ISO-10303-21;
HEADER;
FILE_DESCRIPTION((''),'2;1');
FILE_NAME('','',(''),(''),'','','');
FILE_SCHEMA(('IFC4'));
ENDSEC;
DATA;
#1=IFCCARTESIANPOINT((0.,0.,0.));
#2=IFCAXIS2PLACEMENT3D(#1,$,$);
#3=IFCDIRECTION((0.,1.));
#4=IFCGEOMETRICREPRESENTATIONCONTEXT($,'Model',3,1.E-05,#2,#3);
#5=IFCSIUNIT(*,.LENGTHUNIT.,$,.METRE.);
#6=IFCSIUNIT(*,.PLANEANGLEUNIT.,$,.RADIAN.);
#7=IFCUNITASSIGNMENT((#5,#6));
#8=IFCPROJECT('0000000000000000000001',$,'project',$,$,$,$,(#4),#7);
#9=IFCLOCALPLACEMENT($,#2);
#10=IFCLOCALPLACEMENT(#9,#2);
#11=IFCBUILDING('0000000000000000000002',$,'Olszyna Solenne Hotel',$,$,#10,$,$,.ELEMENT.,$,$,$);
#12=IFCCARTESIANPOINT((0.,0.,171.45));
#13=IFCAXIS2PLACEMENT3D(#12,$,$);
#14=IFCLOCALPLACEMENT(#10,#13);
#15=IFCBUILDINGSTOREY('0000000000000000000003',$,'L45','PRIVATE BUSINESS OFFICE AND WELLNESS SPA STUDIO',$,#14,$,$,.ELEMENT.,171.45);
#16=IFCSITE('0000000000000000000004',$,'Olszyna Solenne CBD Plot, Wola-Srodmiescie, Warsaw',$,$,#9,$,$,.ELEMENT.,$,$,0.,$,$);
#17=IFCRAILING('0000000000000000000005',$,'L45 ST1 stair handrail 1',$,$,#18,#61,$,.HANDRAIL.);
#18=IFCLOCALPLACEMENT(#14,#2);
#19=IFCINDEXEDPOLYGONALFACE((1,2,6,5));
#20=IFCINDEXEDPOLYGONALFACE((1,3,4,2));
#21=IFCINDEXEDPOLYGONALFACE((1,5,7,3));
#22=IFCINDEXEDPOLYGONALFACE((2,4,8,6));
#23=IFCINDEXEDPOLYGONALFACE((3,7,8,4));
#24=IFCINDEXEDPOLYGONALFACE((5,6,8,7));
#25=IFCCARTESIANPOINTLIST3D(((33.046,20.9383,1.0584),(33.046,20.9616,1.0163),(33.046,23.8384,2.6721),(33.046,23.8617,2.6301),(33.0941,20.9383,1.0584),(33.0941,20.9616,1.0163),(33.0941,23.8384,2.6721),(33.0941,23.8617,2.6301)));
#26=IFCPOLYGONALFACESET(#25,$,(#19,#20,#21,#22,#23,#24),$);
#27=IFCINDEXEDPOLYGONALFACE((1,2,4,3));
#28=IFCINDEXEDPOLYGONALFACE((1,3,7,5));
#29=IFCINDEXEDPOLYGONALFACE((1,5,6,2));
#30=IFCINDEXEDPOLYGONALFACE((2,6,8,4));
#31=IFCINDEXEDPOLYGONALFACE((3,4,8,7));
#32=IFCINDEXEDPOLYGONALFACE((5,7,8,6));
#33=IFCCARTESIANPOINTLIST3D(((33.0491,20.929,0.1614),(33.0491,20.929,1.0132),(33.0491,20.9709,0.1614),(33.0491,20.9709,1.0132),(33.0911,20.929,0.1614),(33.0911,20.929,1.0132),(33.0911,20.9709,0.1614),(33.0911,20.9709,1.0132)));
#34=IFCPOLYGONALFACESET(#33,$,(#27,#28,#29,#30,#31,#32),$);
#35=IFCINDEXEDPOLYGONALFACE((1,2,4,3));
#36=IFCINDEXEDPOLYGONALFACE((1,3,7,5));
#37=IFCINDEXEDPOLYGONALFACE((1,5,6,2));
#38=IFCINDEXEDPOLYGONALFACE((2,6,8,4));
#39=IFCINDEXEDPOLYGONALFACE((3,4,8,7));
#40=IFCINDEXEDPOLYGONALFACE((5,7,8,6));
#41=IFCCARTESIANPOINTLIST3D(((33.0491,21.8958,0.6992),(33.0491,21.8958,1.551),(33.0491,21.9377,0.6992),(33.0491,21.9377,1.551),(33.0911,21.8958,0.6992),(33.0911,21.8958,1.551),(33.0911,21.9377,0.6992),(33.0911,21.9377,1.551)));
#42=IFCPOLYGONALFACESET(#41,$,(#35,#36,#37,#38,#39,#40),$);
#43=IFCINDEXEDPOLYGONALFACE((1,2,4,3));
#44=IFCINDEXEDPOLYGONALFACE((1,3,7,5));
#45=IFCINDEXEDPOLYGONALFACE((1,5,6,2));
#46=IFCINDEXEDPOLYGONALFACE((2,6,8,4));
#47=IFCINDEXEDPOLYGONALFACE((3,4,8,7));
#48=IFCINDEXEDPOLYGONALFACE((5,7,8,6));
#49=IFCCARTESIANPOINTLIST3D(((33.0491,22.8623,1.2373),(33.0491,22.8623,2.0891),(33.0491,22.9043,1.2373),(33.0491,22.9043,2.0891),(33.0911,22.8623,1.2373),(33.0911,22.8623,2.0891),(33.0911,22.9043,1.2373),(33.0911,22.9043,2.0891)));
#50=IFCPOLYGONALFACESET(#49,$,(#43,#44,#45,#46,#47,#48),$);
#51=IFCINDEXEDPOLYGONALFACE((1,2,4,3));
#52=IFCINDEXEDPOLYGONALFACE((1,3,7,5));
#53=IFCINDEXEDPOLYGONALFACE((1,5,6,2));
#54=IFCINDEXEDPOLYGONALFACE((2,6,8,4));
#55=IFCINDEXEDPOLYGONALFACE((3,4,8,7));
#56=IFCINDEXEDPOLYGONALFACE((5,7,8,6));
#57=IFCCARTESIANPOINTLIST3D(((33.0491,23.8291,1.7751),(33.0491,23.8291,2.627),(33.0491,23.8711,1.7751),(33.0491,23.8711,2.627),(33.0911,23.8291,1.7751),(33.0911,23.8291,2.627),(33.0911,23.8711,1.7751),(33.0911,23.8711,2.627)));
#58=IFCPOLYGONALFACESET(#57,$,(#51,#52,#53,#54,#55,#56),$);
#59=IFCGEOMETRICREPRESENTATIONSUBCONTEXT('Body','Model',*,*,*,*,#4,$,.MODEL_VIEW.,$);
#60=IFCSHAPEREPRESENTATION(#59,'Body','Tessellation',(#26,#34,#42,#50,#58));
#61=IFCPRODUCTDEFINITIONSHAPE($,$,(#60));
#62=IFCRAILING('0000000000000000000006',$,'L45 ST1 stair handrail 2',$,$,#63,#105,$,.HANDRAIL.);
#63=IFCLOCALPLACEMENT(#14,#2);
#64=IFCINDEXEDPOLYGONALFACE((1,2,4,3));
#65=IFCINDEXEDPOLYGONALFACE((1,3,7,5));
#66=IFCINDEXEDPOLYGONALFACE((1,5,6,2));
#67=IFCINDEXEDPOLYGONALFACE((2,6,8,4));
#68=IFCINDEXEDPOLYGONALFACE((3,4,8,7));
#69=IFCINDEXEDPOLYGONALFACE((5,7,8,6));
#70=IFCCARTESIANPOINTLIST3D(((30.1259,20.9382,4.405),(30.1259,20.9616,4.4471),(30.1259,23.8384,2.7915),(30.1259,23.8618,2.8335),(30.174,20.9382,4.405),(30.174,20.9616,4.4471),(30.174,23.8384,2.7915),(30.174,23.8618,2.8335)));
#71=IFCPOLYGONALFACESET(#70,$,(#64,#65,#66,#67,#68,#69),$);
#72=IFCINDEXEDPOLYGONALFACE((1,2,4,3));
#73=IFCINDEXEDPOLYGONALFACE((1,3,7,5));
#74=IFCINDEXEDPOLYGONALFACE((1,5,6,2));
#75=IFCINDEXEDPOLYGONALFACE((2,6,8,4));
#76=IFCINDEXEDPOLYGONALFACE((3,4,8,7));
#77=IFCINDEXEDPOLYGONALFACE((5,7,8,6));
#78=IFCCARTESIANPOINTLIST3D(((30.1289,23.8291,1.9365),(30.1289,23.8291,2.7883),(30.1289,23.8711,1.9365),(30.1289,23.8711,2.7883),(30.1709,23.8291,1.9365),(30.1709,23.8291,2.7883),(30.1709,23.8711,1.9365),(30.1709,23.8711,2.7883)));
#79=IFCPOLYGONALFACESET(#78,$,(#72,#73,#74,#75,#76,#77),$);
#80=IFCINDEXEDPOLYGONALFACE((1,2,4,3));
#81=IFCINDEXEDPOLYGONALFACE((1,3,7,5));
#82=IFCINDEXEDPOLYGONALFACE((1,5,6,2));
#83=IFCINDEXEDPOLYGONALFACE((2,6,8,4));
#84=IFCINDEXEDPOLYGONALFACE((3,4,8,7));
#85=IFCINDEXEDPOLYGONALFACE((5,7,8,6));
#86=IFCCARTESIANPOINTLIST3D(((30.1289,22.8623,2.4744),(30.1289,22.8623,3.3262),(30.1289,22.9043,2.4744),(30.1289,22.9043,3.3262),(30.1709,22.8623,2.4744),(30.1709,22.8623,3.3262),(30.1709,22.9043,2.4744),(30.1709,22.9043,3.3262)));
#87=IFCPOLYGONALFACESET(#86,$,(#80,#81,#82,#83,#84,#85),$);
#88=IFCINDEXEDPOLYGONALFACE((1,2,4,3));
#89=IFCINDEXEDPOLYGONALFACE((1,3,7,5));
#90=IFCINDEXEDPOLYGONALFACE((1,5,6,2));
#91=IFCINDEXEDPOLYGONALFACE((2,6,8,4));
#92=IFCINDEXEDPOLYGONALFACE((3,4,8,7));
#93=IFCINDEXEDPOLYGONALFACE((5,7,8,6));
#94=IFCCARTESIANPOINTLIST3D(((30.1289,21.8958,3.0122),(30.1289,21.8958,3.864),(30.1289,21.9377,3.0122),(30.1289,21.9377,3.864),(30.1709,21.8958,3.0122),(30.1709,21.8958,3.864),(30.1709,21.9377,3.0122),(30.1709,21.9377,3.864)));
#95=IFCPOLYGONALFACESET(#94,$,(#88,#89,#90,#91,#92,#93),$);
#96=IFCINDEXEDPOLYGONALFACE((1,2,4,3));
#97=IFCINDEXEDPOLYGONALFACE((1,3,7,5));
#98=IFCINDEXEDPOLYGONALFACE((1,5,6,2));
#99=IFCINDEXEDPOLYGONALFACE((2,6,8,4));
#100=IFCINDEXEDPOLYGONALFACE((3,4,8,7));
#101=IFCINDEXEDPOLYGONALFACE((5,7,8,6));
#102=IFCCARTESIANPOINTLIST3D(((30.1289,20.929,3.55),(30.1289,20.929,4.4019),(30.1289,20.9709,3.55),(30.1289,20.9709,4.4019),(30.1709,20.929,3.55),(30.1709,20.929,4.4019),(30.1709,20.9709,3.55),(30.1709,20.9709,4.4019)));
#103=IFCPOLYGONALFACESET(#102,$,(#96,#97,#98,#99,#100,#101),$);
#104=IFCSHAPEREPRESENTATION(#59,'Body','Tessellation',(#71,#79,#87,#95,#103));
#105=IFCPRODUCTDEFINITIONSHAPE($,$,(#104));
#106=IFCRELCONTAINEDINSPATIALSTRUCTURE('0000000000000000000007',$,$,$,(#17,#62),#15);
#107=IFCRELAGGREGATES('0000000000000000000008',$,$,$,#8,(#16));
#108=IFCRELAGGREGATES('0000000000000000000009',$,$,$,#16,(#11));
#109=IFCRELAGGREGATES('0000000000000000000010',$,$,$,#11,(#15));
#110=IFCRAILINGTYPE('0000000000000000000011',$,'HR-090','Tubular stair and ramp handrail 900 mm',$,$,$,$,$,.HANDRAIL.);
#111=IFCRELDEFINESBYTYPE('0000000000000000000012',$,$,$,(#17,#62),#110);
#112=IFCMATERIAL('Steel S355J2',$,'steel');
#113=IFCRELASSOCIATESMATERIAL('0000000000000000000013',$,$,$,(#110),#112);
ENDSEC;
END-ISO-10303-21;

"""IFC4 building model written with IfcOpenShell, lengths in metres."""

from ifc_helpers import new_model, si_unit, direction, frame, origin, origin_2d, place, context, subcontext, project, spatial, rectangle, extrude, material, type_object, element, save


model = new_model("IFC4")

# Units and contexts
model_context = context("Model", 3, precision=1e-05, world=origin(), true_north=direction((0.0, 1.0)))
body_context = subcontext(model_context, "Body", "Model", "MODEL_VIEW")
ifc_project = project(units=[si_unit("LENGTHUNIT", "METRE"), si_unit("PLANEANGLEUNIT", "RADIAN")], contexts=[model_context])

# Site, building, storey
site_placement = place(None, origin())
site = spatial("IfcSite", under=ifc_project, at=site_placement, Name="Olszyna Solenne CBD Plot, Wola-Srodmiescie, Warsaw", CompositionType="ELEMENT", RefElevation=0.0)
building_placement = place(site_placement, origin())
building = spatial("IfcBuilding", under=site, at=building_placement, Name="Olszyna Solenne Hotel", CompositionType="ELEMENT")
storey_placement = place(building_placement, frame((0.0, 0.0, 171.45)))
storey = spatial("IfcBuildingStorey", under=building, at=storey_placement, Name="L45", Description="PRIVATE BUSINESS OFFICE AND WELLNESS SPA STUDIO", CompositionType="ELEMENT", Elevation=171.45)

# Shared definitions
ifc_material_1 = material(Name="Steel S355J2", Category="steel")

# Railings
railing_type_1 = type_object("IfcRailingType", Name="HR-090", Description="Tubular stair and ramp handrail 900 mm", PredefinedType="HANDRAIL", material=ifc_material_1)
railing_1_placement = place(storey_placement, frame((33.0701, 20.95, 0.1614)))
element("IfcRailing", 1, at=railing_1_placement, inside=storey, type_object=railing_type_1, Name="L45 ST1 stair handrail 1", PredefinedType="HANDRAIL", context=body_context, shape_type="SweptSolid", body=[
    extrude(rectangle(XDim=0.0481, YDim=0.0481, at=origin_2d()), frame((0.0, 0.0, 0.876), z_axis=(0.0, 0.873827, 0.486236), x_axis=(-1.0, 0.0, 0.0)), (0.0, 0.0, 1.0), 3.3188),
    extrude(rectangle(XDim=0.042, YDim=0.042, at=origin_2d()), origin(), (0.0, 0.0, 1.0), 0.8518),
    extrude(rectangle(XDim=0.042, YDim=0.042, at=origin_2d()), frame((0.0, 0.9668, 0.5378)), (0.0, 0.0, 1.0), 0.8518),
    extrude(rectangle(XDim=0.042, YDim=0.042, at=origin_2d()), frame((0.0, 1.9333, 1.0759)), (0.0, 0.0, 1.0), 0.8518),
    extrude(rectangle(XDim=0.042, YDim=0.042, at=origin_2d()), frame((0.0, 2.9001, 1.6138)), (0.0, 0.0, 1.0), 0.8518),
])
railing_2_placement = place(storey_placement, frame((30.1499, 23.8501, 1.9365)))
element("IfcRailing", 2, at=railing_2_placement, inside=storey, type_object=railing_type_1, Name="L45 ST1 stair handrail 2", PredefinedType="HANDRAIL", context=body_context, shape_type="SweptSolid", body=[
    extrude(rectangle(XDim=0.0481, YDim=0.0481, at=origin_2d()), frame((0.0, 0.0, 0.876), z_axis=(0.0, -0.873859, 0.48618), x_axis=(1.0, 0.0, 0.0)), (0.0, 0.0, 1.0), 3.3188),
    extrude(rectangle(XDim=0.042, YDim=0.042, at=origin_2d()), origin(), (0.0, 0.0, 1.0), 0.8518),
    extrude(rectangle(XDim=0.042, YDim=0.042, at=origin_2d()), frame((0.0, -0.9668, 0.5378)), (0.0, 0.0, 1.0), 0.8518),
    extrude(rectangle(XDim=0.042, YDim=0.042, at=origin_2d()), frame((0.0, -1.9333, 1.0757)), (0.0, 0.0, 1.0), 0.8518),
    extrude(rectangle(XDim=0.042, YDim=0.042, at=origin_2d()), frame((0.0, -2.9001, 1.6135)), (0.0, 0.0, 1.0), 0.8518),
])

save(model, "model.ifc")
